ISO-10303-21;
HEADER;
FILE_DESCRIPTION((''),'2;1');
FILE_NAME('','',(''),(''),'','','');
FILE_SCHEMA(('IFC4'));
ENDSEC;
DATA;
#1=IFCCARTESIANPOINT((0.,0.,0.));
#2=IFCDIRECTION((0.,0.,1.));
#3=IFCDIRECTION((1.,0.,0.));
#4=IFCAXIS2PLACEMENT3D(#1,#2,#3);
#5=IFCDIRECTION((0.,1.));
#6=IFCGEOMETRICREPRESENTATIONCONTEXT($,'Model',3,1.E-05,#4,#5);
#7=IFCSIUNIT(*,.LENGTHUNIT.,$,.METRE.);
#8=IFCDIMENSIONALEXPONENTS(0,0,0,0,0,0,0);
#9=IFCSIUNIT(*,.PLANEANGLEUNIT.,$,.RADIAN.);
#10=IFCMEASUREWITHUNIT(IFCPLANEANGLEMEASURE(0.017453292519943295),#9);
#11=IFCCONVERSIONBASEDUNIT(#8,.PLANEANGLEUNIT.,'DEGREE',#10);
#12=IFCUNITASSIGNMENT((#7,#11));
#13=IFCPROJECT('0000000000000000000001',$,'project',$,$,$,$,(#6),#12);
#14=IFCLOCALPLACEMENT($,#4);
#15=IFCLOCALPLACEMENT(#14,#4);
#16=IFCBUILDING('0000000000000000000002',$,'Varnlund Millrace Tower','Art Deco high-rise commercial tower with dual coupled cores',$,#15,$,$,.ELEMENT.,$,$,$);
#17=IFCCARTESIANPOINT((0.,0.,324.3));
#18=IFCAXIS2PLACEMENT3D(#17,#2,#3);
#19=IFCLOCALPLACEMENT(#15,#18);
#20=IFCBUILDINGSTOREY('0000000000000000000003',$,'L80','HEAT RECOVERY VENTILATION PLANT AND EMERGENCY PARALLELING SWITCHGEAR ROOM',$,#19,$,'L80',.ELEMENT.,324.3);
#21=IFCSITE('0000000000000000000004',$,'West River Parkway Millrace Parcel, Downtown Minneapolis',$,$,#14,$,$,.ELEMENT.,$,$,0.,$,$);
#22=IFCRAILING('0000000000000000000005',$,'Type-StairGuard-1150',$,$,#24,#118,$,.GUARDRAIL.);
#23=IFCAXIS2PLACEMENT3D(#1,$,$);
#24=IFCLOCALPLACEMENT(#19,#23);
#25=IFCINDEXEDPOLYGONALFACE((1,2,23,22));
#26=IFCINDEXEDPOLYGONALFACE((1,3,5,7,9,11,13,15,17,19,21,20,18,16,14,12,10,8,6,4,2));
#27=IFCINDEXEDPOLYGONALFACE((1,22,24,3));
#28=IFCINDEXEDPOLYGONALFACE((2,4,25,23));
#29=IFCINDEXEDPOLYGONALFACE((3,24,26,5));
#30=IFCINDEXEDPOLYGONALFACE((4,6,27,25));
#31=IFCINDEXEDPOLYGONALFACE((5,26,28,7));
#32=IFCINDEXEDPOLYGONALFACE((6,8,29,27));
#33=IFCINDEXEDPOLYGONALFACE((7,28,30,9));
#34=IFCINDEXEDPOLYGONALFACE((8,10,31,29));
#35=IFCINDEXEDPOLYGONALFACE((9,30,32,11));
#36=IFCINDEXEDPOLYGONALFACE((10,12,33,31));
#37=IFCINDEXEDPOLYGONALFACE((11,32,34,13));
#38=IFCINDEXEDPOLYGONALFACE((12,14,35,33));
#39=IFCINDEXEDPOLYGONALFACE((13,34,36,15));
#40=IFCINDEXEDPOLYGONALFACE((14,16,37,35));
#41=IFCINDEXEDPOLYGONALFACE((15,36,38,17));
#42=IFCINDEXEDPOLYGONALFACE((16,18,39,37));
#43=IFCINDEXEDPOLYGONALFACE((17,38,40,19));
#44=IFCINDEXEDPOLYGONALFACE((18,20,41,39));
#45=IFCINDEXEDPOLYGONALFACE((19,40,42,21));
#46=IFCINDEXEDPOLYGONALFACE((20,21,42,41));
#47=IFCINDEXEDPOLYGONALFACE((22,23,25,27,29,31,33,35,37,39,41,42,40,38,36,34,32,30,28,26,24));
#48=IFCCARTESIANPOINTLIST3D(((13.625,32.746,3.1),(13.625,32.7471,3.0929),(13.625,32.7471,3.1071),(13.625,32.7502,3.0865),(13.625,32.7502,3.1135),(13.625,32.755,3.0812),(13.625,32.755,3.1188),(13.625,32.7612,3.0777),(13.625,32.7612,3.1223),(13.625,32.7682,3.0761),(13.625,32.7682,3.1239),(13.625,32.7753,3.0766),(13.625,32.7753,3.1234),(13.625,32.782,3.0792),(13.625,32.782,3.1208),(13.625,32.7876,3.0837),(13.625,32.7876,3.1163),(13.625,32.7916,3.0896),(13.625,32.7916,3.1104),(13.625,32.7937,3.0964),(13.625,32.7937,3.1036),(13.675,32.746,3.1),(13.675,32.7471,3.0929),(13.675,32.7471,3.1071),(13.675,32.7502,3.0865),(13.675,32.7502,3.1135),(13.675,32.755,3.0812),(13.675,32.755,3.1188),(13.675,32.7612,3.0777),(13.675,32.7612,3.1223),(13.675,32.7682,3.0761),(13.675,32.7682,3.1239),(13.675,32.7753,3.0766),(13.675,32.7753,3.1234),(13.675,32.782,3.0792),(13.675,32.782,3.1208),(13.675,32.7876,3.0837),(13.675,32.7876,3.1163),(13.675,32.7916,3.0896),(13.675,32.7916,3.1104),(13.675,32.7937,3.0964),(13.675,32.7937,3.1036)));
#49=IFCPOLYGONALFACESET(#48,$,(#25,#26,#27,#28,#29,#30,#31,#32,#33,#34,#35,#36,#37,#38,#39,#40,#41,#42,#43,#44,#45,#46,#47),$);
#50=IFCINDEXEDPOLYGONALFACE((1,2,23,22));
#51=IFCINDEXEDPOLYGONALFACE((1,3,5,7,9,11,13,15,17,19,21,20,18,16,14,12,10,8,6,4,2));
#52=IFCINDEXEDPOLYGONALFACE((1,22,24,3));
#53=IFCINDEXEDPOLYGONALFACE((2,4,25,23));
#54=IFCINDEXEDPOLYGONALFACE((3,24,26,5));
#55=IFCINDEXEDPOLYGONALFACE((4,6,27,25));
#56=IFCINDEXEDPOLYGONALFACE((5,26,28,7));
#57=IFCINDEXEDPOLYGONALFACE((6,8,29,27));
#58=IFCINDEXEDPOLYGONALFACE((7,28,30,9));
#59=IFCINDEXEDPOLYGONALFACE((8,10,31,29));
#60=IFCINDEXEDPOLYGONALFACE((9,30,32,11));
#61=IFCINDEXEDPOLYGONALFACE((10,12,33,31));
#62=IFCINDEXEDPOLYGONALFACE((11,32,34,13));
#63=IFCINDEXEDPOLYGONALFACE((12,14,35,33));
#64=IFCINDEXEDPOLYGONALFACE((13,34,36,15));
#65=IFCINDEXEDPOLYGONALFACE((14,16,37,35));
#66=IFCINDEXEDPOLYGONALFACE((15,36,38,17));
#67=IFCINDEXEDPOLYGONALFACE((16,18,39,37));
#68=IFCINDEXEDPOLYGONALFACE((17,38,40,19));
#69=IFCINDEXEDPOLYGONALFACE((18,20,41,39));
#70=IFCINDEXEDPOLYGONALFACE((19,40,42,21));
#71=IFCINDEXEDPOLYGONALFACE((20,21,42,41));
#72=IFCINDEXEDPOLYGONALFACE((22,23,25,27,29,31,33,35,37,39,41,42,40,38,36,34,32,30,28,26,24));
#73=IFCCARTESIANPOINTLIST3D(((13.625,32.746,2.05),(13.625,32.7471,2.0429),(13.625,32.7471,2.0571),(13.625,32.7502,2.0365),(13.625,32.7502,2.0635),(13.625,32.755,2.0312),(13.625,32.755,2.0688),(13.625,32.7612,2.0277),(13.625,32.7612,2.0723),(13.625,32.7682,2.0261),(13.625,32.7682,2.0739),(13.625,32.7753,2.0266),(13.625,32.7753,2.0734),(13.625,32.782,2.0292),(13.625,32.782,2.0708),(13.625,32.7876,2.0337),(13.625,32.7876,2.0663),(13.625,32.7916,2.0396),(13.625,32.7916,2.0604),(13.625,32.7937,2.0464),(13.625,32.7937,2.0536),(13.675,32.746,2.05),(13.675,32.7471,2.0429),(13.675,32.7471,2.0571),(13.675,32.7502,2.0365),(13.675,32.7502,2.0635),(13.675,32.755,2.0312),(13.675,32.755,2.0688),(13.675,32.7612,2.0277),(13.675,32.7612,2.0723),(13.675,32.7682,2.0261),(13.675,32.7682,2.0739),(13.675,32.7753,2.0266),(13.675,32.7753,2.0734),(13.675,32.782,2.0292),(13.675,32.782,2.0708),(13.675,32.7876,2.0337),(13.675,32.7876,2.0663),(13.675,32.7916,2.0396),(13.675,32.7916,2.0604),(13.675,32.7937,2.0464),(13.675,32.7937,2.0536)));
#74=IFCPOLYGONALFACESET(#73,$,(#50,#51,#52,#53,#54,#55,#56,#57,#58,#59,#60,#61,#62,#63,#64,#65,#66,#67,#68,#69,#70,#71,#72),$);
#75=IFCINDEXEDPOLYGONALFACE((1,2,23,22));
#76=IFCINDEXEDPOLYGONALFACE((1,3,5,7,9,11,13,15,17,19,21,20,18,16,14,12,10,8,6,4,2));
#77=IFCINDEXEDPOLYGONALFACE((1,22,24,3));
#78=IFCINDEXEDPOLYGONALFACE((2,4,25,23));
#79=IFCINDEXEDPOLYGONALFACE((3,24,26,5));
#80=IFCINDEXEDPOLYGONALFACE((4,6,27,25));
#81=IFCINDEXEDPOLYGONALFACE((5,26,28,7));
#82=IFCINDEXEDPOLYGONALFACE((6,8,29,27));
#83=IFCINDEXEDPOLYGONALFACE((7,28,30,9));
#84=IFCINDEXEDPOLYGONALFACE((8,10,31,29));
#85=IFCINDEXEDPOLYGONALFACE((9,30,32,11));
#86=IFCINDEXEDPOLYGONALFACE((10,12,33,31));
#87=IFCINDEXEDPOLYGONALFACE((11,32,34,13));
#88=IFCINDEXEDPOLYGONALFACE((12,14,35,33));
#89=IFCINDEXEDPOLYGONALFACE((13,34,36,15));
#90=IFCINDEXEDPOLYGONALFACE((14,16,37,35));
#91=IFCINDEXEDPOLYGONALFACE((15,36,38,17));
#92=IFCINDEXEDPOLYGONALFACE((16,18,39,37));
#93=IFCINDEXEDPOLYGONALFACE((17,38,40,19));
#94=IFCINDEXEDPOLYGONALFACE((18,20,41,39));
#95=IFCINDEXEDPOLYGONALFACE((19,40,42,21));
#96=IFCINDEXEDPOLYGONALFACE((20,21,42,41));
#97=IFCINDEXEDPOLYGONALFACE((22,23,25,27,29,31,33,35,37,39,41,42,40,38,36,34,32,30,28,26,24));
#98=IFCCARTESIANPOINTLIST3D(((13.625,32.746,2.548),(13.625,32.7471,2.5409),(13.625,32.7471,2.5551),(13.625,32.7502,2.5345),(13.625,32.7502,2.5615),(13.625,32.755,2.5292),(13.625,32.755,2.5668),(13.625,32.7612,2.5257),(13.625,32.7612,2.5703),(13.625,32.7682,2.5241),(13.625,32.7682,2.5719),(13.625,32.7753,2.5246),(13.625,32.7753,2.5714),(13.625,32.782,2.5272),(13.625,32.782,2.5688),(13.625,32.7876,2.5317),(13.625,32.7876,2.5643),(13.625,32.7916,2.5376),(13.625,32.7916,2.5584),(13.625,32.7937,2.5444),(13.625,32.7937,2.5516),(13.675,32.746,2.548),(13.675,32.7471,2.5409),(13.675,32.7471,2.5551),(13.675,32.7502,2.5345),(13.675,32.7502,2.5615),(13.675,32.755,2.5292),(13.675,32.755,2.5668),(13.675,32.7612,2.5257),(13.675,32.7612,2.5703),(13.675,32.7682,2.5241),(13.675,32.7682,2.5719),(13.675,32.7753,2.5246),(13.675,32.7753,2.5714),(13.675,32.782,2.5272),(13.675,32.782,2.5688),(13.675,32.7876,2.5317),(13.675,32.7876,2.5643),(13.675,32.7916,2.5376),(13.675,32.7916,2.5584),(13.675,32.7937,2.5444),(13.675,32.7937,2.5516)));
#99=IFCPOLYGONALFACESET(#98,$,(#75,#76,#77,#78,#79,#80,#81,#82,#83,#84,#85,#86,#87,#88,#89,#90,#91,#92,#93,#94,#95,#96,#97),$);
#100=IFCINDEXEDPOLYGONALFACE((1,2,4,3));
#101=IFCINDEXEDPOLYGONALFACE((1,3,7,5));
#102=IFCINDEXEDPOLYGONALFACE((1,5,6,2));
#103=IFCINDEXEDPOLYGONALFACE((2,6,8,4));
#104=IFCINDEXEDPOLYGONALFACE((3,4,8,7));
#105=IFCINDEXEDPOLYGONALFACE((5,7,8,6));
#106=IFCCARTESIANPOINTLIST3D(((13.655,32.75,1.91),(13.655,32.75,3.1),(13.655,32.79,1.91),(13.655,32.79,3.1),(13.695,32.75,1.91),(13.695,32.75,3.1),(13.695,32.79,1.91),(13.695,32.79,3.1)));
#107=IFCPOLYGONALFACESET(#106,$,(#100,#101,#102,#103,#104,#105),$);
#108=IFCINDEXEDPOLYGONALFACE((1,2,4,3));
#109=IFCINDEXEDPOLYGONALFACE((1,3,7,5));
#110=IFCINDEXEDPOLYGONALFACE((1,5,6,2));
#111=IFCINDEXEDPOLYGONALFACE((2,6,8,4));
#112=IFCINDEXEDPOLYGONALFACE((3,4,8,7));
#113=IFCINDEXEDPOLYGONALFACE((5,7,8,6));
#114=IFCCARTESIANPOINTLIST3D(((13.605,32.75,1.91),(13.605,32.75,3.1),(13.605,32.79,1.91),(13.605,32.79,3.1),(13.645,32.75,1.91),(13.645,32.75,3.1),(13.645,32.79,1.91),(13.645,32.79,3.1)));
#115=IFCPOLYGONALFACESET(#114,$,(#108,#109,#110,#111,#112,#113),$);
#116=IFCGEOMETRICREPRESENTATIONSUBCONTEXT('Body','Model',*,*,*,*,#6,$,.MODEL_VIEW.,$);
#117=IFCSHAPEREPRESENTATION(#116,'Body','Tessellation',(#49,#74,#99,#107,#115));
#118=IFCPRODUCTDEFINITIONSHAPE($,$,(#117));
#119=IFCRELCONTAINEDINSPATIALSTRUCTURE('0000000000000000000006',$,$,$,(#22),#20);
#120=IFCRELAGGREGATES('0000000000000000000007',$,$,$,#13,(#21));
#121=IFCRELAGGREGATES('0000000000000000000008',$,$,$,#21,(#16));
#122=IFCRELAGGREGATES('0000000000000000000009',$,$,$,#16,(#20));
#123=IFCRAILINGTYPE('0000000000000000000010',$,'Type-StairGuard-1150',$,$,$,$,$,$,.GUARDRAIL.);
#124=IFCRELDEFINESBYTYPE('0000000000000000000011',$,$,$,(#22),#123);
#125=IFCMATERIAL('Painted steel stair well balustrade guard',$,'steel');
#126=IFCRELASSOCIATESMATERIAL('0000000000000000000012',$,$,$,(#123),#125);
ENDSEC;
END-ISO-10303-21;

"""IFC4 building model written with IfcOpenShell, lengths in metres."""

from ifc_helpers import new_model, entity, si_unit, converted_unit, direction, frame, origin_with_axes, origin_2d_with_axis, place, context, subcontext, project, spatial, rectangle, circle, extrude, material, type_object, element, save


model = new_model("IFC4")

# Units and contexts
model_context = context("Model", 3, precision=1e-05, world=origin_with_axes(), true_north=direction((0.0, 1.0)))
body_context = subcontext(model_context, "Body", "Model", "MODEL_VIEW")
ifc_project = project(units=[si_unit("LENGTHUNIT", "METRE"), converted_unit("PLANEANGLEUNIT", "DEGREE", entity("IfcPlaneAngleMeasure", 0.017453292519943295), si_unit("PLANEANGLEUNIT", "RADIAN"), dimensions=[0, 0, 0, 0, 0, 0, 0])], contexts=[model_context])

# Site, building, storey
site_placement = place(None, origin_with_axes())
site = spatial("IfcSite", under=ifc_project, at=site_placement, Name="West River Parkway Millrace Parcel, Downtown Minneapolis", CompositionType="ELEMENT", RefElevation=0.0)
building_placement = place(site_placement, origin_with_axes())
building = spatial("IfcBuilding", under=site, at=building_placement, Name="Varnlund Millrace Tower", Description="Art Deco high-rise commercial tower with dual coupled cores", CompositionType="ELEMENT")
storey_placement = place(building_placement, frame((0.0, 0.0, 324.3), z_axis=(0.0, 0.0, 1.0), x_axis=(1.0, 0.0, 0.0)))
storey = spatial("IfcBuildingStorey", under=building, at=storey_placement, Name="L80", Description="HEAT RECOVERY VENTILATION PLANT AND EMERGENCY PARALLELING SWITCHGEAR ROOM", LongName="L80", CompositionType="ELEMENT", Elevation=324.3)

# Railing
ifc_material_1 = material(Name="Painted steel stair well balustrade guard", Category="steel")
railing_type_1 = type_object("IfcRailingType", Name="Type-StairGuard-1150", PredefinedType="GUARDRAIL", material=ifc_material_1)
railing_1_placement = place(storey_placement, frame((0.0, 0.0, -324.3), z_axis=(0.0, 0.0, 1.0), x_axis=(1.0, 0.0, 0.0)))
element("IfcRailing", 1, at=railing_1_placement, inside=storey, type_object=railing_type_1, Name="Type-StairGuard-1150", PredefinedType="GUARDRAIL", context=body_context, shape_type="SweptSolid", body=[
    extrude(circle(Radius=0.024, at=origin_2d_with_axis()), frame((13.675, 32.77, 327.4), z_axis=(-1.0, 0.0, 0.0), x_axis=(0.0, -1.0, 0.0)), (0.0, 0.0, 1.0), 0.05),
    extrude(circle(Radius=0.024, at=origin_2d_with_axis()), frame((13.675, 32.77, 326.35), z_axis=(-1.0, 0.0, 0.0), x_axis=(0.0, -1.0, 0.0)), (0.0, 0.0, 1.0), 0.05),
    extrude(circle(Radius=0.024, at=origin_2d_with_axis()), frame((13.675, 32.77, 326.848), z_axis=(-1.0, 0.0, 0.0), x_axis=(0.0, -1.0, 0.0)), (0.0, 0.0, 1.0), 0.05),
    extrude(rectangle(XDim=0.04, YDim=0.04, at=origin_2d_with_axis()), frame((13.675, 32.77, 326.21), z_axis=(0.0, 0.0, 1.0), x_axis=(1.0, 0.0, 0.0)), (0.0, 0.0, 1.0), 1.19),
    extrude(rectangle(XDim=0.04, YDim=0.04, at=origin_2d_with_axis()), frame((13.625, 32.77, 326.21), z_axis=(0.0, 0.0, 1.0), x_axis=(1.0, 0.0, 0.0)), (0.0, 0.0, 1.0), 1.19),
])

save(model, "model.ifc")
